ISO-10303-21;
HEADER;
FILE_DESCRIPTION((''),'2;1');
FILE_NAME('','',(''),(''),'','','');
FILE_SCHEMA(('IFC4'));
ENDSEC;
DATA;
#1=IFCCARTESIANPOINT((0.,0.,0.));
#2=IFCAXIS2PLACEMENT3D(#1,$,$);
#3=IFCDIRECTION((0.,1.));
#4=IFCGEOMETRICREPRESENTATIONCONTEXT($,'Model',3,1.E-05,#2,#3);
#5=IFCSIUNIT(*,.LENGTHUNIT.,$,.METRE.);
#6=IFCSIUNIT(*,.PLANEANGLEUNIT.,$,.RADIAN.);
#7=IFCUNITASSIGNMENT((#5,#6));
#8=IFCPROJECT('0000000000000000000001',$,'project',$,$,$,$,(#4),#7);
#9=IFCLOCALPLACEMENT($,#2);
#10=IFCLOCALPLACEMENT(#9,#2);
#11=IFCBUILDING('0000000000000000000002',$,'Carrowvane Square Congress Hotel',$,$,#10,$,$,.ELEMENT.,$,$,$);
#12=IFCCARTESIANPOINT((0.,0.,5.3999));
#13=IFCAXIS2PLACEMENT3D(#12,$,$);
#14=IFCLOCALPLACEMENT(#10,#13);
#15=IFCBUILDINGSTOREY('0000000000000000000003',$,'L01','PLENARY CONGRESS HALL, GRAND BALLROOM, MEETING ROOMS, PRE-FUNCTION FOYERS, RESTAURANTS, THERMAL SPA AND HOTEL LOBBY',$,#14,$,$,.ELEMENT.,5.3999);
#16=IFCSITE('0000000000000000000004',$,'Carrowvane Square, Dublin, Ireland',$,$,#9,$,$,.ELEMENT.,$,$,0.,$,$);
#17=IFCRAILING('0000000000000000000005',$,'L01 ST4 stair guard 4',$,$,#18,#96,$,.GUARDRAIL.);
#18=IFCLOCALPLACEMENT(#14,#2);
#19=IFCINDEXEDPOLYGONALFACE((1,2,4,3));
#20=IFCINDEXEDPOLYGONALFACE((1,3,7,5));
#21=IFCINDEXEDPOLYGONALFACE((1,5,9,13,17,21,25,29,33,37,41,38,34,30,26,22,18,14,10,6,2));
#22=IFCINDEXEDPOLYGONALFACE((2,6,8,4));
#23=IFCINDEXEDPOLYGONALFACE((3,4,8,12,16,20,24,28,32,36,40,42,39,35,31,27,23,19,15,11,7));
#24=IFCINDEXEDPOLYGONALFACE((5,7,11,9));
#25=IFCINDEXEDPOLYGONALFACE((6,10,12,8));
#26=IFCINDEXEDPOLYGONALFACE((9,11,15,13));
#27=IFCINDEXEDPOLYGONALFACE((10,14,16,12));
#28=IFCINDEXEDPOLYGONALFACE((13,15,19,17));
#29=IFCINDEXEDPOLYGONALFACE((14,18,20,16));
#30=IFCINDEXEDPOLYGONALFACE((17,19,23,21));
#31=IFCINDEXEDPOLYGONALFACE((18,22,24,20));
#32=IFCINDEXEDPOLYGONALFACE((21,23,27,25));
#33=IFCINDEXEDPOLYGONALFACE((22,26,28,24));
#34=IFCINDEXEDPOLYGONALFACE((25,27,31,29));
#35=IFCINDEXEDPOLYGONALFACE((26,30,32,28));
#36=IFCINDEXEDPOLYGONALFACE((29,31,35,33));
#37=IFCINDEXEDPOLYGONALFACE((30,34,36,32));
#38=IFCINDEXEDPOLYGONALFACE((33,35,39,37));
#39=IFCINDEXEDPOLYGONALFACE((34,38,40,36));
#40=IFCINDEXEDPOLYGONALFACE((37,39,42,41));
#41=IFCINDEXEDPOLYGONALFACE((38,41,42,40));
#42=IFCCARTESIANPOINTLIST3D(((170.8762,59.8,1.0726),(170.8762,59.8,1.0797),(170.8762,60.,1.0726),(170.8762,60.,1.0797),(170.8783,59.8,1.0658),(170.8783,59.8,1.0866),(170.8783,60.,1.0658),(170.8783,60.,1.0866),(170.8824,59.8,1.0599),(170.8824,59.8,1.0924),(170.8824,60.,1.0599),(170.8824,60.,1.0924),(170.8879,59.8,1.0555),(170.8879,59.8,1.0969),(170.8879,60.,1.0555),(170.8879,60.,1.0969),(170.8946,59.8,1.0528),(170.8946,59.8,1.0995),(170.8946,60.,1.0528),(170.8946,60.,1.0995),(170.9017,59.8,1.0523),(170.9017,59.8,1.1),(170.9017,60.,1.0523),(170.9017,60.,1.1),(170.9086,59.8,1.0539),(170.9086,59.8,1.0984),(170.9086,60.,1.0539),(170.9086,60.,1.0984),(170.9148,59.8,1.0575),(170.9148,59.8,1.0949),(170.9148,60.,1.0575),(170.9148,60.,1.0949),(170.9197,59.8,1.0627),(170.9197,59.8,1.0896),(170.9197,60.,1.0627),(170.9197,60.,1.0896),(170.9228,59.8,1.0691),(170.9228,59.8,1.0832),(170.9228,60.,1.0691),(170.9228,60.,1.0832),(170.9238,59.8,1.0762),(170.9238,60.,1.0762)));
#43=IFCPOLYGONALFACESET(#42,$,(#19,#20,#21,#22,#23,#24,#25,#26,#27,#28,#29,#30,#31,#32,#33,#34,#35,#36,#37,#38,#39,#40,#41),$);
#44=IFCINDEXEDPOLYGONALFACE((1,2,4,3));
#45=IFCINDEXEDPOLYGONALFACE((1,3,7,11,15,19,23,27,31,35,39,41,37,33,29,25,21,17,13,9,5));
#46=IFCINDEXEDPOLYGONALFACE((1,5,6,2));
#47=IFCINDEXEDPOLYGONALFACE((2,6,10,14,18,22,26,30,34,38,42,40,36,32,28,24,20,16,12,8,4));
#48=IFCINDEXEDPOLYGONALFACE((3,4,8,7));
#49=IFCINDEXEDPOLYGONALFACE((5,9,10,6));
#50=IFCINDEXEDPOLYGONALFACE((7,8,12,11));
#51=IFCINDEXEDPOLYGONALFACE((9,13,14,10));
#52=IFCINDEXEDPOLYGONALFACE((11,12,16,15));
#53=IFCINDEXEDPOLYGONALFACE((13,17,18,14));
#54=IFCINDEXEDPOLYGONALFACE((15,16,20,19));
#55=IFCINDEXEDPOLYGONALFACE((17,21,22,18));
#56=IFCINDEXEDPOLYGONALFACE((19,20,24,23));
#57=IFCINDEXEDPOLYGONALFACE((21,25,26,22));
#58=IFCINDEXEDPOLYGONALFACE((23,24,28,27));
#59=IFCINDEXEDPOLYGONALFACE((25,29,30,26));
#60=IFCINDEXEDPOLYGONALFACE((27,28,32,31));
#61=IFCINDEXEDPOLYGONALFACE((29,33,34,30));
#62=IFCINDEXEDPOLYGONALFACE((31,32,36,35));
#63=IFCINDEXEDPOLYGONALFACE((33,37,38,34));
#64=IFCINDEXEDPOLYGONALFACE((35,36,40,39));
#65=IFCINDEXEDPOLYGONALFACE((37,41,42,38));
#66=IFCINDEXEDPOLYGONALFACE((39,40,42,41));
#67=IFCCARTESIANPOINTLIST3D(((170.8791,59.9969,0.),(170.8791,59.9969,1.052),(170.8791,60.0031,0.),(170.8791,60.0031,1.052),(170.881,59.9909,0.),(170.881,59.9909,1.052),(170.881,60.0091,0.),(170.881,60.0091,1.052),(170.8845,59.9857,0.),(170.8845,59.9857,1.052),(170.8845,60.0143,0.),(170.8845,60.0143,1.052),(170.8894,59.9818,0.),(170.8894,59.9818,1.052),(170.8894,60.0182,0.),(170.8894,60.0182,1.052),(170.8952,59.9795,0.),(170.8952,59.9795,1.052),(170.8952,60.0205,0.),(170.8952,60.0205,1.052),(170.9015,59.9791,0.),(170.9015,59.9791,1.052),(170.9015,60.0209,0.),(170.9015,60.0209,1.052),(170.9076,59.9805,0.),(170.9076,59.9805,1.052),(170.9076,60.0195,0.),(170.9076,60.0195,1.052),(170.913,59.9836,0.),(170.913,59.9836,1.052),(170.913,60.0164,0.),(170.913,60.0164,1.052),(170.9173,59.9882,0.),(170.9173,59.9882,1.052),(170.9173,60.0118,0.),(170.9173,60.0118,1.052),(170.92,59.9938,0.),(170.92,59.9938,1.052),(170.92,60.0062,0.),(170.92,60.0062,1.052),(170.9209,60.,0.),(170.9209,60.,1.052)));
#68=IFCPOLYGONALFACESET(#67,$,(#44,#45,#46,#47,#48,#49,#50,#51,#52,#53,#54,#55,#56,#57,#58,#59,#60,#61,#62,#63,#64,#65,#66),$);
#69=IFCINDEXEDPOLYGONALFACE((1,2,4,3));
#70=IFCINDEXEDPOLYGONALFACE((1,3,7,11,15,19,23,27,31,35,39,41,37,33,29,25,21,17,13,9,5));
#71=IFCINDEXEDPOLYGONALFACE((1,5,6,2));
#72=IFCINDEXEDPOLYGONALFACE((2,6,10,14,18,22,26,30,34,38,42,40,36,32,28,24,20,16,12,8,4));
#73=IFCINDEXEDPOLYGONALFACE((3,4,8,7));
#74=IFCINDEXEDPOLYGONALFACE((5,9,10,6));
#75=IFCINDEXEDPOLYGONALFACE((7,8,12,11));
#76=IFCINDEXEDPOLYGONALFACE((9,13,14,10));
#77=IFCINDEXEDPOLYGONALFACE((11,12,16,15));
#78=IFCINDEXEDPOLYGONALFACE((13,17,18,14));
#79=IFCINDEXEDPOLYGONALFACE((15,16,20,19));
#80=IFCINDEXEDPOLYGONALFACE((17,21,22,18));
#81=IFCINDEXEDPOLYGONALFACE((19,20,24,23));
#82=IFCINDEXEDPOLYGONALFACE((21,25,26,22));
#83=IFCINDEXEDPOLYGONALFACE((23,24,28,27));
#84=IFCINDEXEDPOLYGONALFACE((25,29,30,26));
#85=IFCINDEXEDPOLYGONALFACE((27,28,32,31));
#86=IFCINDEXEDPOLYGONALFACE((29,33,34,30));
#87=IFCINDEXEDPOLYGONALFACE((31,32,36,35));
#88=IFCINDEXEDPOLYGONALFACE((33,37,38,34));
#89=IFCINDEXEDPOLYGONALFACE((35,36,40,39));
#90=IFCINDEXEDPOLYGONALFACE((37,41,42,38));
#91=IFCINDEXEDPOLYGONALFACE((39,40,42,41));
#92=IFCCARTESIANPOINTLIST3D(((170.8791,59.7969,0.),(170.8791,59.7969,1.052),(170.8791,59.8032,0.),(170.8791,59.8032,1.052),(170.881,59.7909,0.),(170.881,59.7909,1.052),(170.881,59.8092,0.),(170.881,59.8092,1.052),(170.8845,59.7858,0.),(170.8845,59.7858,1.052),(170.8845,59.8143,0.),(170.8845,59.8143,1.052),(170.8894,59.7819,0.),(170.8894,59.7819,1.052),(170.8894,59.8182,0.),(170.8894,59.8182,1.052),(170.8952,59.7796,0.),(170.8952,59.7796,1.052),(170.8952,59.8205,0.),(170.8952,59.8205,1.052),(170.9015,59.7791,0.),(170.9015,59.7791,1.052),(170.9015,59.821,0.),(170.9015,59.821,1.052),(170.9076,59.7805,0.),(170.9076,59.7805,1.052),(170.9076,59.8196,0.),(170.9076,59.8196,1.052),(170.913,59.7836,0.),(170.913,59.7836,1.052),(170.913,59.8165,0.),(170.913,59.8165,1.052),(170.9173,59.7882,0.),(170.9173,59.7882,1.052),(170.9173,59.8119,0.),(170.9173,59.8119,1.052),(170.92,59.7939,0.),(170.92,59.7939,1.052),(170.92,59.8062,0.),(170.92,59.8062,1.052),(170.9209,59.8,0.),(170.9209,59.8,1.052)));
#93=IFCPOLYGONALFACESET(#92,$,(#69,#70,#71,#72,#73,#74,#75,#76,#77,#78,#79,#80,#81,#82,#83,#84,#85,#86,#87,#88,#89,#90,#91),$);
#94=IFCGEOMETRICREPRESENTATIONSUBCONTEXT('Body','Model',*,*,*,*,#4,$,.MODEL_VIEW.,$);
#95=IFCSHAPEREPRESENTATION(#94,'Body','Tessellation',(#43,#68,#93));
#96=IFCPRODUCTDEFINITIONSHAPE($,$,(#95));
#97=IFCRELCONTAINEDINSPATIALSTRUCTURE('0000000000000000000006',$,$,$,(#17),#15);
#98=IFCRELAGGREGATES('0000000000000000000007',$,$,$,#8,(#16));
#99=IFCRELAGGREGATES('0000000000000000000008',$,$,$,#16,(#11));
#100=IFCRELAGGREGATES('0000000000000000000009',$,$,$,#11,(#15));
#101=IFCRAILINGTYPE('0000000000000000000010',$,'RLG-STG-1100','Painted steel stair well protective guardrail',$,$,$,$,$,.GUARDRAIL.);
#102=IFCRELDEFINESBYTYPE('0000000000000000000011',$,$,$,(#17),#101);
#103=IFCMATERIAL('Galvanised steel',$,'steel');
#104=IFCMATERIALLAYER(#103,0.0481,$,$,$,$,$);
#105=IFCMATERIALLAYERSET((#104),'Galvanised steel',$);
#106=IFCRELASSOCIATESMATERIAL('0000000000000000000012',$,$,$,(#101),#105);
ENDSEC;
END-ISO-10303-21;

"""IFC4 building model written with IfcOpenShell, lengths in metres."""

from ifc_helpers import new_model, si_unit, direction, frame, origin, origin_2d, place, context, subcontext, project, spatial, circle, extrude, material, layer, layer_set, type_object, element, save


model = new_model("IFC4")

# Units and contexts
model_context = context("Model", 3, precision=1e-05, world=origin(), true_north=direction((0.0, 1.0)))
body_context = subcontext(model_context, "Body", "Model", "MODEL_VIEW")
ifc_project = project(units=[si_unit("LENGTHUNIT", "METRE"), si_unit("PLANEANGLEUNIT", "RADIAN")], contexts=[model_context])

# Site, building, storey
site_placement = place(None, origin())
site = spatial("IfcSite", under=ifc_project, at=site_placement, Name="Carrowvane Square, Dublin, Ireland", CompositionType="ELEMENT", RefElevation=0.0)
building_placement = place(site_placement, origin())
building = spatial("IfcBuilding", under=site, at=building_placement, Name="Carrowvane Square Congress Hotel", CompositionType="ELEMENT")
storey_placement = place(building_placement, frame((0.0, 0.0, 5.3999)))
storey = spatial("IfcBuildingStorey", under=building, at=storey_placement, Name="L01", Description="PLENARY CONGRESS HALL, GRAND BALLROOM, MEETING ROOMS, PRE-FUNCTION FOYERS, RESTAURANTS, THERMAL SPA AND HOTEL LOBBY", CompositionType="ELEMENT", Elevation=5.3999)

# Railing
ifc_material_1 = material(Name="Galvanised steel", Category="steel")
ifc_layer_1 = layer(ifc_material_1, 0.0481)
ifc_layer_set_1 = layer_set([ifc_layer_1], Name="Galvanised steel")
railing_type_1 = type_object("IfcRailingType", Name="RLG-STG-1100", Description="Painted steel stair well protective guardrail", PredefinedType="GUARDRAIL", material=ifc_layer_set_1)
railing_1_placement = place(storey_placement, frame((170.8999, 60.0, 0.0)))
element("IfcRailing", 1, at=railing_1_placement, inside=storey, type_object=railing_type_1, Name="L01 ST4 stair guard 4", PredefinedType="GUARDRAIL", context=body_context, shape_type="SweptSolid", body=[
    extrude(circle(Radius=0.0239, at=origin_2d()), frame((0.0, 0.0, 1.0762), z_axis=(0.0, -1.0, 0.0), x_axis=(1.0, 0.0, 0.0)), (0.0, 0.0, 1.0), 0.2),
    extrude(circle(Radius=0.021, at=origin_2d()), origin(), (0.0, 0.0, 1.0), 1.052),
    extrude(circle(Radius=0.021, at=origin_2d()), frame((0.0, -0.2, 0.0)), (0.0, 0.0, 1.0), 1.052),
])

save(model, "model.ifc")
